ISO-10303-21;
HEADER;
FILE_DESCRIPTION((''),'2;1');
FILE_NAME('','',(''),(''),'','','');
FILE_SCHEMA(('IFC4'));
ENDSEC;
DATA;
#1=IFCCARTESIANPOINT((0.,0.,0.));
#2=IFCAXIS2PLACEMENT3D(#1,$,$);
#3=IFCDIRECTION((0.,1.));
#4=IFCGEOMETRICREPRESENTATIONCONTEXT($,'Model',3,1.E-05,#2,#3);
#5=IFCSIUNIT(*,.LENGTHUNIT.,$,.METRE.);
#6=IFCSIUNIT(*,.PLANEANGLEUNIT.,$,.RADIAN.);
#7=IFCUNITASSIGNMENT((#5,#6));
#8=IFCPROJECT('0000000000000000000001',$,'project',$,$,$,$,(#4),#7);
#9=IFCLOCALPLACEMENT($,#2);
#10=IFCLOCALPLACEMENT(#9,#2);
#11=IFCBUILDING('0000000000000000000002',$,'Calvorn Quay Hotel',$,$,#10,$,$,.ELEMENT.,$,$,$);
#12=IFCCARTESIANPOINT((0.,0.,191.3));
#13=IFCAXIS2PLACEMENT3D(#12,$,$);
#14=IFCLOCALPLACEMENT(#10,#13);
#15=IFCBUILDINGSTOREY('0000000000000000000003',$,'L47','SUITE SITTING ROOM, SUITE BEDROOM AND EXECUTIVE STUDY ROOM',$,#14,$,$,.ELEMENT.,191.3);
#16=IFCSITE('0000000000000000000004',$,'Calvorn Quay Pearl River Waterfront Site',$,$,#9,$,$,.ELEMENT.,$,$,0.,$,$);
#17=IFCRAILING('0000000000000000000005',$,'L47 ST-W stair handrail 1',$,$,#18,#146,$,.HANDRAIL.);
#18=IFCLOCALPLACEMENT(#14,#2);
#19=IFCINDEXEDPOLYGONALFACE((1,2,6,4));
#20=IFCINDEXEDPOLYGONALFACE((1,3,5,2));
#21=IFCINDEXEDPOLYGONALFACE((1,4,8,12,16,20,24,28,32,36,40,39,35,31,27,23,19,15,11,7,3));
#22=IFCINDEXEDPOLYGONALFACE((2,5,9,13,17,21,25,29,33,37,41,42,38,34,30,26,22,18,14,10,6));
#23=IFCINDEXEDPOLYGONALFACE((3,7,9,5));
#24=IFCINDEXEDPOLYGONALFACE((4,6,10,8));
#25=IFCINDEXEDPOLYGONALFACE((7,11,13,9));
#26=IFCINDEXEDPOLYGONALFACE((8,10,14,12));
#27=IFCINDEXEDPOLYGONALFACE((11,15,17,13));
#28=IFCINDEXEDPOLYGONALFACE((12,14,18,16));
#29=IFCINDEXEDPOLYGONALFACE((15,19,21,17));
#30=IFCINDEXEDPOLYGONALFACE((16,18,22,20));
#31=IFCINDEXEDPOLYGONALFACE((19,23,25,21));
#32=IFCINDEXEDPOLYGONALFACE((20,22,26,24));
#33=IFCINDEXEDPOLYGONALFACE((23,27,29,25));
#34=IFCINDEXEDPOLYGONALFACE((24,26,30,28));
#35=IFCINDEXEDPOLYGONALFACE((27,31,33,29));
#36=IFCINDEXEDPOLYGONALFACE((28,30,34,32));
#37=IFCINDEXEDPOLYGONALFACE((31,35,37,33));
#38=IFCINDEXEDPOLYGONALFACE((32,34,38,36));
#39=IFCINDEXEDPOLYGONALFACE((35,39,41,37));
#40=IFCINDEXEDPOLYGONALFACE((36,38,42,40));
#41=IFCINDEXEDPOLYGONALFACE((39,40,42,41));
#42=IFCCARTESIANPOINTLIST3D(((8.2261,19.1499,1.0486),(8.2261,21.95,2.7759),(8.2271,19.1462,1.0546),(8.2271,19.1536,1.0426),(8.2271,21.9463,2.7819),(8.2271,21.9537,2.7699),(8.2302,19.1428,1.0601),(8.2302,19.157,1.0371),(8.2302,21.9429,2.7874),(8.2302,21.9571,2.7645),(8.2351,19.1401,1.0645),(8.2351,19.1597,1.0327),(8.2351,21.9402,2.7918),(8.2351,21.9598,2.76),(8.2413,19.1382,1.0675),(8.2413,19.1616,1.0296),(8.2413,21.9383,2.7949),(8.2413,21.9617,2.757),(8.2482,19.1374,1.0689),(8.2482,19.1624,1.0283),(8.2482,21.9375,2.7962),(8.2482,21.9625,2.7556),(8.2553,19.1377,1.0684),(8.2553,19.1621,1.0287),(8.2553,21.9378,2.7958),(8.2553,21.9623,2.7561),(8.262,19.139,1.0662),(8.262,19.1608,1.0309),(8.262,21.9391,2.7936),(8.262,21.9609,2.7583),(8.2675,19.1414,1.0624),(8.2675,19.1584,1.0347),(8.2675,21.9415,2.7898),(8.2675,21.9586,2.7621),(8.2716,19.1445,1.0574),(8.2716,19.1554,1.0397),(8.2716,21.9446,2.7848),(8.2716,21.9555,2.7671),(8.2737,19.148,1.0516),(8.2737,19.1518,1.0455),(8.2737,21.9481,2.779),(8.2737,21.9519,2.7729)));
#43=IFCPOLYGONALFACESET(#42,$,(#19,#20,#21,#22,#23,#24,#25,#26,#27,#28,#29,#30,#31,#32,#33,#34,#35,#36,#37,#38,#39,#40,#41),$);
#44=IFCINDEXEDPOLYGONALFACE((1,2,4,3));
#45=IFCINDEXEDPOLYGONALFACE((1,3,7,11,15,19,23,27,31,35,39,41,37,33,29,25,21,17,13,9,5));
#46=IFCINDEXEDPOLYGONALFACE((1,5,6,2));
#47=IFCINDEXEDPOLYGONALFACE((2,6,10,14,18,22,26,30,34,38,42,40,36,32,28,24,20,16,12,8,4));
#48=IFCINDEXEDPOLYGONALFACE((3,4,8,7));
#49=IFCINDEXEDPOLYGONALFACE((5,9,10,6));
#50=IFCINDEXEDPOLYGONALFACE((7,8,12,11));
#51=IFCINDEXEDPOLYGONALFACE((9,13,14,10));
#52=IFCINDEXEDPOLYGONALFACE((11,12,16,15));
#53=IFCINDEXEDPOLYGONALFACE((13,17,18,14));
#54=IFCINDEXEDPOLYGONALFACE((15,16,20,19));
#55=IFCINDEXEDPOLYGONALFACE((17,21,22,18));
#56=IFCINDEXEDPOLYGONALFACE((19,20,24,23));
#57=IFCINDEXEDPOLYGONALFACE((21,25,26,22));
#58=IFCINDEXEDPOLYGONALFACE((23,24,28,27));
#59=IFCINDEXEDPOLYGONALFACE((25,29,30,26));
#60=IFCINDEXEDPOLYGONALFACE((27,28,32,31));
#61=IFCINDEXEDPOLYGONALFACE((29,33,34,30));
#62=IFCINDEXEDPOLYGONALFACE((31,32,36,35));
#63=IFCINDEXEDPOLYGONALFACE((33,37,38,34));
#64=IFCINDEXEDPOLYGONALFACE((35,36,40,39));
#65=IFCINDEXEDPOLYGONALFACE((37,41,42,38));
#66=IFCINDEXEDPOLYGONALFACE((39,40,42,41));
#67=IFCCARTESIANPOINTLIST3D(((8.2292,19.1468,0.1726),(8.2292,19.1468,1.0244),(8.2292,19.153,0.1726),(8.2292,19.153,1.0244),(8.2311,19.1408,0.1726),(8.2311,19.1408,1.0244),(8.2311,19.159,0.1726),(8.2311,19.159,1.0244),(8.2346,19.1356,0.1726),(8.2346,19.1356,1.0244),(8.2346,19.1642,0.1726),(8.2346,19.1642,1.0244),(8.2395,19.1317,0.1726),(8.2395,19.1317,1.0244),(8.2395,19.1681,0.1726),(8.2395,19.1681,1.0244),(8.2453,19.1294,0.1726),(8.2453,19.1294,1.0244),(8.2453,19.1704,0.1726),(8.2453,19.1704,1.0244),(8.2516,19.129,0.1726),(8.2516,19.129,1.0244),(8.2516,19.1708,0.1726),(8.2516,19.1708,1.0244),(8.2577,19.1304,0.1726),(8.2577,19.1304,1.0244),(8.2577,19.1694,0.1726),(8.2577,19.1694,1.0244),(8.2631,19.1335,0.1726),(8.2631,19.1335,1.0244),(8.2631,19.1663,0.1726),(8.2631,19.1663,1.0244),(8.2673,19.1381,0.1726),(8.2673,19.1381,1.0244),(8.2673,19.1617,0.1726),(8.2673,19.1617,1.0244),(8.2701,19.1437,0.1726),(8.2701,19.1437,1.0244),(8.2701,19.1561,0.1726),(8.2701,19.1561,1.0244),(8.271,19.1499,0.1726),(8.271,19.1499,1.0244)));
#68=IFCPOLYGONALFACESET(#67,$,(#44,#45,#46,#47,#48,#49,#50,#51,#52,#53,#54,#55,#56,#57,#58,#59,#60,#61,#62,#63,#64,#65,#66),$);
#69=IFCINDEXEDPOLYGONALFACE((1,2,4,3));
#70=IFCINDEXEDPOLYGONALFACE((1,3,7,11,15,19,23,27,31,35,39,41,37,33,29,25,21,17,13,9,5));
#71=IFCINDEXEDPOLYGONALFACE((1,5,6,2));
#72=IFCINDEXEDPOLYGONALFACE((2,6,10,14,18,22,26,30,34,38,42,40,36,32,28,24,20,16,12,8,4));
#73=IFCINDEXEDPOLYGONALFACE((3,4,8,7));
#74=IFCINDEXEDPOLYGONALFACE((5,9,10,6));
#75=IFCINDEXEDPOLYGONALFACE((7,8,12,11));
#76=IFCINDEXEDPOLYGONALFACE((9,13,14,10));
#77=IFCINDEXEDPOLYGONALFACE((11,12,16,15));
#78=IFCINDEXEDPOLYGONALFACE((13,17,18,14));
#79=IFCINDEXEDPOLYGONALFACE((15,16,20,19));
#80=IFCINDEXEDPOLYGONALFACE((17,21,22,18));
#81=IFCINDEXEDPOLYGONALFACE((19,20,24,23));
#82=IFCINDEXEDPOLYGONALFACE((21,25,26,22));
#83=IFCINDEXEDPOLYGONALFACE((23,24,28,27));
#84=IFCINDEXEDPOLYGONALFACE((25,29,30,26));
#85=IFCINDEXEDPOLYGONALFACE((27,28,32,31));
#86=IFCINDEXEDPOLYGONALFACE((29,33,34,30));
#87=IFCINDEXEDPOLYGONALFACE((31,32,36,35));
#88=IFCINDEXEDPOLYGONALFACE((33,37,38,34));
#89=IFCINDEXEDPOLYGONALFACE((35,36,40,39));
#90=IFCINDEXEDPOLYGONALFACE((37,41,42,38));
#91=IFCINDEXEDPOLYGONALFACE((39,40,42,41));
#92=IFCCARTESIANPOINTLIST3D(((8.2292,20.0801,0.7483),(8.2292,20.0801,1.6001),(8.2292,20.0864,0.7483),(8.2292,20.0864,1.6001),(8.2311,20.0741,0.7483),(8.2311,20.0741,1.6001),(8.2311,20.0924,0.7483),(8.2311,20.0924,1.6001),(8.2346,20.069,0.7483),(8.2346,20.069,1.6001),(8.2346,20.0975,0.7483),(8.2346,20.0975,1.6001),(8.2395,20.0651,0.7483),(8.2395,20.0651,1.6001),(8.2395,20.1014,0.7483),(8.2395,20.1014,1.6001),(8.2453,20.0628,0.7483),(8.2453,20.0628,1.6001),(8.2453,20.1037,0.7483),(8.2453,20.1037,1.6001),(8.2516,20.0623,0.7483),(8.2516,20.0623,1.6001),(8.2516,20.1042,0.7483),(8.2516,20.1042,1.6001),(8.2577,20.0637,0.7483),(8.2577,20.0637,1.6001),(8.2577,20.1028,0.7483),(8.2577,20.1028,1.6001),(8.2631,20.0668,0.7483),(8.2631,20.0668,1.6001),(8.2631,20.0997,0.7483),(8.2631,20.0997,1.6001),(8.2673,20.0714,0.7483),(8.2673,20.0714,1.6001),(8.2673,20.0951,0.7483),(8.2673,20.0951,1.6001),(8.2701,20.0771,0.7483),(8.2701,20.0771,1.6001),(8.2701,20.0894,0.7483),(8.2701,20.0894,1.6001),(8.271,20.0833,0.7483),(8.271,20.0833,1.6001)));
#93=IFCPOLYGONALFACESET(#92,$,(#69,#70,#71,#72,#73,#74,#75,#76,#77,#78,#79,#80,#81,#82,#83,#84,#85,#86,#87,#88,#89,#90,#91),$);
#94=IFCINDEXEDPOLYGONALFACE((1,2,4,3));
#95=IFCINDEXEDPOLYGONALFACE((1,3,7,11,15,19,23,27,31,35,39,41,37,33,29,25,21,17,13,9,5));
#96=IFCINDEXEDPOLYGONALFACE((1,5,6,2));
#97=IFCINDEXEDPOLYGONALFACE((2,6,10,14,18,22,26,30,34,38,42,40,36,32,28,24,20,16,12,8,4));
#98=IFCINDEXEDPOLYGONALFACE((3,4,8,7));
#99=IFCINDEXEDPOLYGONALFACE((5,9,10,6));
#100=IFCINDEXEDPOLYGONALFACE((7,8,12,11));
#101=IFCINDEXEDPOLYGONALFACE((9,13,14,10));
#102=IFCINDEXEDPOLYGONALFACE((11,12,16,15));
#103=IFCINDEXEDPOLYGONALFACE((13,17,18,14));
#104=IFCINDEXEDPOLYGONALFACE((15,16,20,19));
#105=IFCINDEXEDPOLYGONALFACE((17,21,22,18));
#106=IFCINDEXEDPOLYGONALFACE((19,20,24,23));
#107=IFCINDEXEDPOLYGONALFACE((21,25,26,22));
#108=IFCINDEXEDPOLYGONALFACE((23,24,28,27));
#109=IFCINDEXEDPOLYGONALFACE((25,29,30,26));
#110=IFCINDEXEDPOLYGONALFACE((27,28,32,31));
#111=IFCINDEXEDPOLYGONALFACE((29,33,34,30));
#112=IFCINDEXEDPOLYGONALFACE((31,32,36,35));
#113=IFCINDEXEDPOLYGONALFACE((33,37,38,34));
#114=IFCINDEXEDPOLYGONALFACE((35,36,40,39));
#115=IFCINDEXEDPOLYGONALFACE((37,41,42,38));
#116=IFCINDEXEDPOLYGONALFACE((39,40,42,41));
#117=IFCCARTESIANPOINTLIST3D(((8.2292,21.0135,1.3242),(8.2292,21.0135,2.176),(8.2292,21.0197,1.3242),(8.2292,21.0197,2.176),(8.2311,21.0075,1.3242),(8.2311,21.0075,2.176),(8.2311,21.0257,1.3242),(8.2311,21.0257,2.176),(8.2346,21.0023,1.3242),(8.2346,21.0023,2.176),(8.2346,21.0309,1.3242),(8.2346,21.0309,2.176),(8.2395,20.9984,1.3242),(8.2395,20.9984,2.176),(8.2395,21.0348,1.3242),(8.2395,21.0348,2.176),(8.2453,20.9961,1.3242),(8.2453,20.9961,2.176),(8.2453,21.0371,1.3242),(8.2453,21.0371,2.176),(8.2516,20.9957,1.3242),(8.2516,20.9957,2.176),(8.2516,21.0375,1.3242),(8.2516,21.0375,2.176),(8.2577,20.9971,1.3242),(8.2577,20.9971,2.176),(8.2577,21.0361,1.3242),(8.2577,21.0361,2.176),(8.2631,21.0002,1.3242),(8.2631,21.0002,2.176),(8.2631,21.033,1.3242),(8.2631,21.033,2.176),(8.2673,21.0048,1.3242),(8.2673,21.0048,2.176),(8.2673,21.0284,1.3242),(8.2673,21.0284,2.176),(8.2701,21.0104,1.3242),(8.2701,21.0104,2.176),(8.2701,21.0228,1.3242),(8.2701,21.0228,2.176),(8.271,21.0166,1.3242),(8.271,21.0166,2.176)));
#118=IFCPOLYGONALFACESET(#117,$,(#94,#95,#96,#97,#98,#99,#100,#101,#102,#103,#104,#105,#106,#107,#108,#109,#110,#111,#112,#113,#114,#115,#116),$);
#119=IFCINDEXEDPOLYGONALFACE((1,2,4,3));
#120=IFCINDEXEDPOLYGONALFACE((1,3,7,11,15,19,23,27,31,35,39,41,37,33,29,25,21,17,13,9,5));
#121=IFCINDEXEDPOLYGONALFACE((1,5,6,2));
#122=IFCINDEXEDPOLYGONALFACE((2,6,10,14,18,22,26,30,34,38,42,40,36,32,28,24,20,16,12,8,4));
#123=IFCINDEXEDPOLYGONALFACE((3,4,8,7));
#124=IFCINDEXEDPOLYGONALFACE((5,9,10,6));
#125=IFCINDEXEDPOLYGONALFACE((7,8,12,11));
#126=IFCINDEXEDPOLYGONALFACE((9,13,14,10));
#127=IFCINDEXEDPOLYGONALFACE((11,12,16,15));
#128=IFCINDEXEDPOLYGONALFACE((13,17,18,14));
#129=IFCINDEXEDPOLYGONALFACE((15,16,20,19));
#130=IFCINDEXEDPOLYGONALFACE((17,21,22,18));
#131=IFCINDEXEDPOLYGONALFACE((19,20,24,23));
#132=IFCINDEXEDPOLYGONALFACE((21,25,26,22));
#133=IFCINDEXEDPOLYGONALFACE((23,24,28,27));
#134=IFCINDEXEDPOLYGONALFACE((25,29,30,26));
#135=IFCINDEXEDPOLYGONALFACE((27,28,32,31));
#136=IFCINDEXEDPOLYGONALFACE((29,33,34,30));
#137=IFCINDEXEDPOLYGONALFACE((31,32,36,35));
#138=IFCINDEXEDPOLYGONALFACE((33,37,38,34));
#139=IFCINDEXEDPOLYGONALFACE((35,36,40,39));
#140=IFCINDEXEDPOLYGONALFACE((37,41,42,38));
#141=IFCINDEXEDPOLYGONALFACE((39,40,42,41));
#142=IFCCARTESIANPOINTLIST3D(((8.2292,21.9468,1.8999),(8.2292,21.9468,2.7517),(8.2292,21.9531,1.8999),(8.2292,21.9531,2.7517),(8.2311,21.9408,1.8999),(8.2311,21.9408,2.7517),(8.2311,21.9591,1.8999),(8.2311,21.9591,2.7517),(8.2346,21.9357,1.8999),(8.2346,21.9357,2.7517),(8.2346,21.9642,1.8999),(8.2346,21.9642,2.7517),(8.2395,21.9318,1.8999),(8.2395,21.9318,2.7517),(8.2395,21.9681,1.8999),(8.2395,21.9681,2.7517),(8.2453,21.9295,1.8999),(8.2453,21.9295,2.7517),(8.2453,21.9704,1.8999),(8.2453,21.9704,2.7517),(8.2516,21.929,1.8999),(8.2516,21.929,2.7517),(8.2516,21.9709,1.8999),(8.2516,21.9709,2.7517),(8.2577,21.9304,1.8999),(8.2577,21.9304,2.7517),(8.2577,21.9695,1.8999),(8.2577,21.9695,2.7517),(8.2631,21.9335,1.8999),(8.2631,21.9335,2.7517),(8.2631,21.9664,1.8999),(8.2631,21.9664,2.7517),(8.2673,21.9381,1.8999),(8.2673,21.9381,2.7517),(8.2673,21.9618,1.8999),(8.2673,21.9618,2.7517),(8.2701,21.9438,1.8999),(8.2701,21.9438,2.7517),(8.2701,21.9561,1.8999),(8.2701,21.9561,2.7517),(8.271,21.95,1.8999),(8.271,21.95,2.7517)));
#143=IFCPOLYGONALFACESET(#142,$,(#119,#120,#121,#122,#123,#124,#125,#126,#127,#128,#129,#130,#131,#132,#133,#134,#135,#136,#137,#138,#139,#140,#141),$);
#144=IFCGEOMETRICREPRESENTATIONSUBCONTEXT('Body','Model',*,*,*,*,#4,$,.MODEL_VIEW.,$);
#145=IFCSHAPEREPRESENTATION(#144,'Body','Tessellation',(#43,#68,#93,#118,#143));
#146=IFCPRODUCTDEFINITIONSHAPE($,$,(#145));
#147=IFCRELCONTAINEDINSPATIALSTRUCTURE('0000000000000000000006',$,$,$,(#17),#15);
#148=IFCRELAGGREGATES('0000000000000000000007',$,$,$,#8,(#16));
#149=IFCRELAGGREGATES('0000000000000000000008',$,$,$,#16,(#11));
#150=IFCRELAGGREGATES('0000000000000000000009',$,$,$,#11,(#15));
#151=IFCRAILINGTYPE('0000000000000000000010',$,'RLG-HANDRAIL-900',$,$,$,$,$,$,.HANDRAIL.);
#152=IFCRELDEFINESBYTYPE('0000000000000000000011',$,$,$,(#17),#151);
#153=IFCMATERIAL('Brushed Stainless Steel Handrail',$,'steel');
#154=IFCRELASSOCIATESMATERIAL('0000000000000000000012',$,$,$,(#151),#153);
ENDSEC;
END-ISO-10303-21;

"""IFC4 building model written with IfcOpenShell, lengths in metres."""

from ifc_helpers import new_model, si_unit, direction, frame, origin, origin_2d, place, context, subcontext, project, spatial, circle, extrude, material, type_object, element, save


model = new_model("IFC4")

# Units and contexts
model_context = context("Model", 3, precision=1e-05, world=origin(), true_north=direction((0.0, 1.0)))
body_context = subcontext(model_context, "Body", "Model", "MODEL_VIEW")
ifc_project = project(units=[si_unit("LENGTHUNIT", "METRE"), si_unit("PLANEANGLEUNIT", "RADIAN")], contexts=[model_context])

# Site, building, storey
site_placement = place(None, origin())
site = spatial("IfcSite", under=ifc_project, at=site_placement, Name="Calvorn Quay Pearl River Waterfront Site", CompositionType="ELEMENT", RefElevation=0.0)
building_placement = place(site_placement, origin())
building = spatial("IfcBuilding", under=site, at=building_placement, Name="Calvorn Quay Hotel", CompositionType="ELEMENT")
storey_placement = place(building_placement, frame((0.0, 0.0, 191.3)))
storey = spatial("IfcBuildingStorey", under=building, at=storey_placement, Name="L47", Description="SUITE SITTING ROOM, SUITE BEDROOM AND EXECUTIVE STUDY ROOM", CompositionType="ELEMENT", Elevation=191.3)

# Railing
ifc_material_1 = material(Name="Brushed Stainless Steel Handrail", Category="steel")
railing_type_1 = type_object("IfcRailingType", Name="RLG-HANDRAIL-900", PredefinedType="HANDRAIL", material=ifc_material_1)
railing_1_placement = place(storey_placement, frame((8.25, 19.1499, 0.1726)))
element("IfcRailing", 1, at=railing_1_placement, inside=storey, type_object=railing_type_1, Name="L47 ST-W stair handrail 1", PredefinedType="HANDRAIL", context=body_context, shape_type="SweptSolid", body=[
    extrude(circle(Radius=0.0239, at=origin_2d()), frame((0.0, 0.0, 0.876), z_axis=(0.0, 0.85109, 0.52502), x_axis=(-1.0, 0.0, 0.0)), (0.0, 0.0, 1.0), 3.29),
    extrude(circle(Radius=0.021, at=origin_2d()), origin(), (0.0, 0.0, 1.0), 0.8518),
    extrude(circle(Radius=0.021, at=origin_2d()), frame((0.0, 0.9333, 0.5757)), (0.0, 0.0, 1.0), 0.8518),
    extrude(circle(Radius=0.021, at=origin_2d()), frame((0.0, 1.8667, 1.1516)), (0.0, 0.0, 1.0), 0.8518),
    extrude(circle(Radius=0.021, at=origin_2d()), frame((0.0, 2.8, 1.7273)), (0.0, 0.0, 1.0), 0.8518),
])

save(model, "model.ifc")
